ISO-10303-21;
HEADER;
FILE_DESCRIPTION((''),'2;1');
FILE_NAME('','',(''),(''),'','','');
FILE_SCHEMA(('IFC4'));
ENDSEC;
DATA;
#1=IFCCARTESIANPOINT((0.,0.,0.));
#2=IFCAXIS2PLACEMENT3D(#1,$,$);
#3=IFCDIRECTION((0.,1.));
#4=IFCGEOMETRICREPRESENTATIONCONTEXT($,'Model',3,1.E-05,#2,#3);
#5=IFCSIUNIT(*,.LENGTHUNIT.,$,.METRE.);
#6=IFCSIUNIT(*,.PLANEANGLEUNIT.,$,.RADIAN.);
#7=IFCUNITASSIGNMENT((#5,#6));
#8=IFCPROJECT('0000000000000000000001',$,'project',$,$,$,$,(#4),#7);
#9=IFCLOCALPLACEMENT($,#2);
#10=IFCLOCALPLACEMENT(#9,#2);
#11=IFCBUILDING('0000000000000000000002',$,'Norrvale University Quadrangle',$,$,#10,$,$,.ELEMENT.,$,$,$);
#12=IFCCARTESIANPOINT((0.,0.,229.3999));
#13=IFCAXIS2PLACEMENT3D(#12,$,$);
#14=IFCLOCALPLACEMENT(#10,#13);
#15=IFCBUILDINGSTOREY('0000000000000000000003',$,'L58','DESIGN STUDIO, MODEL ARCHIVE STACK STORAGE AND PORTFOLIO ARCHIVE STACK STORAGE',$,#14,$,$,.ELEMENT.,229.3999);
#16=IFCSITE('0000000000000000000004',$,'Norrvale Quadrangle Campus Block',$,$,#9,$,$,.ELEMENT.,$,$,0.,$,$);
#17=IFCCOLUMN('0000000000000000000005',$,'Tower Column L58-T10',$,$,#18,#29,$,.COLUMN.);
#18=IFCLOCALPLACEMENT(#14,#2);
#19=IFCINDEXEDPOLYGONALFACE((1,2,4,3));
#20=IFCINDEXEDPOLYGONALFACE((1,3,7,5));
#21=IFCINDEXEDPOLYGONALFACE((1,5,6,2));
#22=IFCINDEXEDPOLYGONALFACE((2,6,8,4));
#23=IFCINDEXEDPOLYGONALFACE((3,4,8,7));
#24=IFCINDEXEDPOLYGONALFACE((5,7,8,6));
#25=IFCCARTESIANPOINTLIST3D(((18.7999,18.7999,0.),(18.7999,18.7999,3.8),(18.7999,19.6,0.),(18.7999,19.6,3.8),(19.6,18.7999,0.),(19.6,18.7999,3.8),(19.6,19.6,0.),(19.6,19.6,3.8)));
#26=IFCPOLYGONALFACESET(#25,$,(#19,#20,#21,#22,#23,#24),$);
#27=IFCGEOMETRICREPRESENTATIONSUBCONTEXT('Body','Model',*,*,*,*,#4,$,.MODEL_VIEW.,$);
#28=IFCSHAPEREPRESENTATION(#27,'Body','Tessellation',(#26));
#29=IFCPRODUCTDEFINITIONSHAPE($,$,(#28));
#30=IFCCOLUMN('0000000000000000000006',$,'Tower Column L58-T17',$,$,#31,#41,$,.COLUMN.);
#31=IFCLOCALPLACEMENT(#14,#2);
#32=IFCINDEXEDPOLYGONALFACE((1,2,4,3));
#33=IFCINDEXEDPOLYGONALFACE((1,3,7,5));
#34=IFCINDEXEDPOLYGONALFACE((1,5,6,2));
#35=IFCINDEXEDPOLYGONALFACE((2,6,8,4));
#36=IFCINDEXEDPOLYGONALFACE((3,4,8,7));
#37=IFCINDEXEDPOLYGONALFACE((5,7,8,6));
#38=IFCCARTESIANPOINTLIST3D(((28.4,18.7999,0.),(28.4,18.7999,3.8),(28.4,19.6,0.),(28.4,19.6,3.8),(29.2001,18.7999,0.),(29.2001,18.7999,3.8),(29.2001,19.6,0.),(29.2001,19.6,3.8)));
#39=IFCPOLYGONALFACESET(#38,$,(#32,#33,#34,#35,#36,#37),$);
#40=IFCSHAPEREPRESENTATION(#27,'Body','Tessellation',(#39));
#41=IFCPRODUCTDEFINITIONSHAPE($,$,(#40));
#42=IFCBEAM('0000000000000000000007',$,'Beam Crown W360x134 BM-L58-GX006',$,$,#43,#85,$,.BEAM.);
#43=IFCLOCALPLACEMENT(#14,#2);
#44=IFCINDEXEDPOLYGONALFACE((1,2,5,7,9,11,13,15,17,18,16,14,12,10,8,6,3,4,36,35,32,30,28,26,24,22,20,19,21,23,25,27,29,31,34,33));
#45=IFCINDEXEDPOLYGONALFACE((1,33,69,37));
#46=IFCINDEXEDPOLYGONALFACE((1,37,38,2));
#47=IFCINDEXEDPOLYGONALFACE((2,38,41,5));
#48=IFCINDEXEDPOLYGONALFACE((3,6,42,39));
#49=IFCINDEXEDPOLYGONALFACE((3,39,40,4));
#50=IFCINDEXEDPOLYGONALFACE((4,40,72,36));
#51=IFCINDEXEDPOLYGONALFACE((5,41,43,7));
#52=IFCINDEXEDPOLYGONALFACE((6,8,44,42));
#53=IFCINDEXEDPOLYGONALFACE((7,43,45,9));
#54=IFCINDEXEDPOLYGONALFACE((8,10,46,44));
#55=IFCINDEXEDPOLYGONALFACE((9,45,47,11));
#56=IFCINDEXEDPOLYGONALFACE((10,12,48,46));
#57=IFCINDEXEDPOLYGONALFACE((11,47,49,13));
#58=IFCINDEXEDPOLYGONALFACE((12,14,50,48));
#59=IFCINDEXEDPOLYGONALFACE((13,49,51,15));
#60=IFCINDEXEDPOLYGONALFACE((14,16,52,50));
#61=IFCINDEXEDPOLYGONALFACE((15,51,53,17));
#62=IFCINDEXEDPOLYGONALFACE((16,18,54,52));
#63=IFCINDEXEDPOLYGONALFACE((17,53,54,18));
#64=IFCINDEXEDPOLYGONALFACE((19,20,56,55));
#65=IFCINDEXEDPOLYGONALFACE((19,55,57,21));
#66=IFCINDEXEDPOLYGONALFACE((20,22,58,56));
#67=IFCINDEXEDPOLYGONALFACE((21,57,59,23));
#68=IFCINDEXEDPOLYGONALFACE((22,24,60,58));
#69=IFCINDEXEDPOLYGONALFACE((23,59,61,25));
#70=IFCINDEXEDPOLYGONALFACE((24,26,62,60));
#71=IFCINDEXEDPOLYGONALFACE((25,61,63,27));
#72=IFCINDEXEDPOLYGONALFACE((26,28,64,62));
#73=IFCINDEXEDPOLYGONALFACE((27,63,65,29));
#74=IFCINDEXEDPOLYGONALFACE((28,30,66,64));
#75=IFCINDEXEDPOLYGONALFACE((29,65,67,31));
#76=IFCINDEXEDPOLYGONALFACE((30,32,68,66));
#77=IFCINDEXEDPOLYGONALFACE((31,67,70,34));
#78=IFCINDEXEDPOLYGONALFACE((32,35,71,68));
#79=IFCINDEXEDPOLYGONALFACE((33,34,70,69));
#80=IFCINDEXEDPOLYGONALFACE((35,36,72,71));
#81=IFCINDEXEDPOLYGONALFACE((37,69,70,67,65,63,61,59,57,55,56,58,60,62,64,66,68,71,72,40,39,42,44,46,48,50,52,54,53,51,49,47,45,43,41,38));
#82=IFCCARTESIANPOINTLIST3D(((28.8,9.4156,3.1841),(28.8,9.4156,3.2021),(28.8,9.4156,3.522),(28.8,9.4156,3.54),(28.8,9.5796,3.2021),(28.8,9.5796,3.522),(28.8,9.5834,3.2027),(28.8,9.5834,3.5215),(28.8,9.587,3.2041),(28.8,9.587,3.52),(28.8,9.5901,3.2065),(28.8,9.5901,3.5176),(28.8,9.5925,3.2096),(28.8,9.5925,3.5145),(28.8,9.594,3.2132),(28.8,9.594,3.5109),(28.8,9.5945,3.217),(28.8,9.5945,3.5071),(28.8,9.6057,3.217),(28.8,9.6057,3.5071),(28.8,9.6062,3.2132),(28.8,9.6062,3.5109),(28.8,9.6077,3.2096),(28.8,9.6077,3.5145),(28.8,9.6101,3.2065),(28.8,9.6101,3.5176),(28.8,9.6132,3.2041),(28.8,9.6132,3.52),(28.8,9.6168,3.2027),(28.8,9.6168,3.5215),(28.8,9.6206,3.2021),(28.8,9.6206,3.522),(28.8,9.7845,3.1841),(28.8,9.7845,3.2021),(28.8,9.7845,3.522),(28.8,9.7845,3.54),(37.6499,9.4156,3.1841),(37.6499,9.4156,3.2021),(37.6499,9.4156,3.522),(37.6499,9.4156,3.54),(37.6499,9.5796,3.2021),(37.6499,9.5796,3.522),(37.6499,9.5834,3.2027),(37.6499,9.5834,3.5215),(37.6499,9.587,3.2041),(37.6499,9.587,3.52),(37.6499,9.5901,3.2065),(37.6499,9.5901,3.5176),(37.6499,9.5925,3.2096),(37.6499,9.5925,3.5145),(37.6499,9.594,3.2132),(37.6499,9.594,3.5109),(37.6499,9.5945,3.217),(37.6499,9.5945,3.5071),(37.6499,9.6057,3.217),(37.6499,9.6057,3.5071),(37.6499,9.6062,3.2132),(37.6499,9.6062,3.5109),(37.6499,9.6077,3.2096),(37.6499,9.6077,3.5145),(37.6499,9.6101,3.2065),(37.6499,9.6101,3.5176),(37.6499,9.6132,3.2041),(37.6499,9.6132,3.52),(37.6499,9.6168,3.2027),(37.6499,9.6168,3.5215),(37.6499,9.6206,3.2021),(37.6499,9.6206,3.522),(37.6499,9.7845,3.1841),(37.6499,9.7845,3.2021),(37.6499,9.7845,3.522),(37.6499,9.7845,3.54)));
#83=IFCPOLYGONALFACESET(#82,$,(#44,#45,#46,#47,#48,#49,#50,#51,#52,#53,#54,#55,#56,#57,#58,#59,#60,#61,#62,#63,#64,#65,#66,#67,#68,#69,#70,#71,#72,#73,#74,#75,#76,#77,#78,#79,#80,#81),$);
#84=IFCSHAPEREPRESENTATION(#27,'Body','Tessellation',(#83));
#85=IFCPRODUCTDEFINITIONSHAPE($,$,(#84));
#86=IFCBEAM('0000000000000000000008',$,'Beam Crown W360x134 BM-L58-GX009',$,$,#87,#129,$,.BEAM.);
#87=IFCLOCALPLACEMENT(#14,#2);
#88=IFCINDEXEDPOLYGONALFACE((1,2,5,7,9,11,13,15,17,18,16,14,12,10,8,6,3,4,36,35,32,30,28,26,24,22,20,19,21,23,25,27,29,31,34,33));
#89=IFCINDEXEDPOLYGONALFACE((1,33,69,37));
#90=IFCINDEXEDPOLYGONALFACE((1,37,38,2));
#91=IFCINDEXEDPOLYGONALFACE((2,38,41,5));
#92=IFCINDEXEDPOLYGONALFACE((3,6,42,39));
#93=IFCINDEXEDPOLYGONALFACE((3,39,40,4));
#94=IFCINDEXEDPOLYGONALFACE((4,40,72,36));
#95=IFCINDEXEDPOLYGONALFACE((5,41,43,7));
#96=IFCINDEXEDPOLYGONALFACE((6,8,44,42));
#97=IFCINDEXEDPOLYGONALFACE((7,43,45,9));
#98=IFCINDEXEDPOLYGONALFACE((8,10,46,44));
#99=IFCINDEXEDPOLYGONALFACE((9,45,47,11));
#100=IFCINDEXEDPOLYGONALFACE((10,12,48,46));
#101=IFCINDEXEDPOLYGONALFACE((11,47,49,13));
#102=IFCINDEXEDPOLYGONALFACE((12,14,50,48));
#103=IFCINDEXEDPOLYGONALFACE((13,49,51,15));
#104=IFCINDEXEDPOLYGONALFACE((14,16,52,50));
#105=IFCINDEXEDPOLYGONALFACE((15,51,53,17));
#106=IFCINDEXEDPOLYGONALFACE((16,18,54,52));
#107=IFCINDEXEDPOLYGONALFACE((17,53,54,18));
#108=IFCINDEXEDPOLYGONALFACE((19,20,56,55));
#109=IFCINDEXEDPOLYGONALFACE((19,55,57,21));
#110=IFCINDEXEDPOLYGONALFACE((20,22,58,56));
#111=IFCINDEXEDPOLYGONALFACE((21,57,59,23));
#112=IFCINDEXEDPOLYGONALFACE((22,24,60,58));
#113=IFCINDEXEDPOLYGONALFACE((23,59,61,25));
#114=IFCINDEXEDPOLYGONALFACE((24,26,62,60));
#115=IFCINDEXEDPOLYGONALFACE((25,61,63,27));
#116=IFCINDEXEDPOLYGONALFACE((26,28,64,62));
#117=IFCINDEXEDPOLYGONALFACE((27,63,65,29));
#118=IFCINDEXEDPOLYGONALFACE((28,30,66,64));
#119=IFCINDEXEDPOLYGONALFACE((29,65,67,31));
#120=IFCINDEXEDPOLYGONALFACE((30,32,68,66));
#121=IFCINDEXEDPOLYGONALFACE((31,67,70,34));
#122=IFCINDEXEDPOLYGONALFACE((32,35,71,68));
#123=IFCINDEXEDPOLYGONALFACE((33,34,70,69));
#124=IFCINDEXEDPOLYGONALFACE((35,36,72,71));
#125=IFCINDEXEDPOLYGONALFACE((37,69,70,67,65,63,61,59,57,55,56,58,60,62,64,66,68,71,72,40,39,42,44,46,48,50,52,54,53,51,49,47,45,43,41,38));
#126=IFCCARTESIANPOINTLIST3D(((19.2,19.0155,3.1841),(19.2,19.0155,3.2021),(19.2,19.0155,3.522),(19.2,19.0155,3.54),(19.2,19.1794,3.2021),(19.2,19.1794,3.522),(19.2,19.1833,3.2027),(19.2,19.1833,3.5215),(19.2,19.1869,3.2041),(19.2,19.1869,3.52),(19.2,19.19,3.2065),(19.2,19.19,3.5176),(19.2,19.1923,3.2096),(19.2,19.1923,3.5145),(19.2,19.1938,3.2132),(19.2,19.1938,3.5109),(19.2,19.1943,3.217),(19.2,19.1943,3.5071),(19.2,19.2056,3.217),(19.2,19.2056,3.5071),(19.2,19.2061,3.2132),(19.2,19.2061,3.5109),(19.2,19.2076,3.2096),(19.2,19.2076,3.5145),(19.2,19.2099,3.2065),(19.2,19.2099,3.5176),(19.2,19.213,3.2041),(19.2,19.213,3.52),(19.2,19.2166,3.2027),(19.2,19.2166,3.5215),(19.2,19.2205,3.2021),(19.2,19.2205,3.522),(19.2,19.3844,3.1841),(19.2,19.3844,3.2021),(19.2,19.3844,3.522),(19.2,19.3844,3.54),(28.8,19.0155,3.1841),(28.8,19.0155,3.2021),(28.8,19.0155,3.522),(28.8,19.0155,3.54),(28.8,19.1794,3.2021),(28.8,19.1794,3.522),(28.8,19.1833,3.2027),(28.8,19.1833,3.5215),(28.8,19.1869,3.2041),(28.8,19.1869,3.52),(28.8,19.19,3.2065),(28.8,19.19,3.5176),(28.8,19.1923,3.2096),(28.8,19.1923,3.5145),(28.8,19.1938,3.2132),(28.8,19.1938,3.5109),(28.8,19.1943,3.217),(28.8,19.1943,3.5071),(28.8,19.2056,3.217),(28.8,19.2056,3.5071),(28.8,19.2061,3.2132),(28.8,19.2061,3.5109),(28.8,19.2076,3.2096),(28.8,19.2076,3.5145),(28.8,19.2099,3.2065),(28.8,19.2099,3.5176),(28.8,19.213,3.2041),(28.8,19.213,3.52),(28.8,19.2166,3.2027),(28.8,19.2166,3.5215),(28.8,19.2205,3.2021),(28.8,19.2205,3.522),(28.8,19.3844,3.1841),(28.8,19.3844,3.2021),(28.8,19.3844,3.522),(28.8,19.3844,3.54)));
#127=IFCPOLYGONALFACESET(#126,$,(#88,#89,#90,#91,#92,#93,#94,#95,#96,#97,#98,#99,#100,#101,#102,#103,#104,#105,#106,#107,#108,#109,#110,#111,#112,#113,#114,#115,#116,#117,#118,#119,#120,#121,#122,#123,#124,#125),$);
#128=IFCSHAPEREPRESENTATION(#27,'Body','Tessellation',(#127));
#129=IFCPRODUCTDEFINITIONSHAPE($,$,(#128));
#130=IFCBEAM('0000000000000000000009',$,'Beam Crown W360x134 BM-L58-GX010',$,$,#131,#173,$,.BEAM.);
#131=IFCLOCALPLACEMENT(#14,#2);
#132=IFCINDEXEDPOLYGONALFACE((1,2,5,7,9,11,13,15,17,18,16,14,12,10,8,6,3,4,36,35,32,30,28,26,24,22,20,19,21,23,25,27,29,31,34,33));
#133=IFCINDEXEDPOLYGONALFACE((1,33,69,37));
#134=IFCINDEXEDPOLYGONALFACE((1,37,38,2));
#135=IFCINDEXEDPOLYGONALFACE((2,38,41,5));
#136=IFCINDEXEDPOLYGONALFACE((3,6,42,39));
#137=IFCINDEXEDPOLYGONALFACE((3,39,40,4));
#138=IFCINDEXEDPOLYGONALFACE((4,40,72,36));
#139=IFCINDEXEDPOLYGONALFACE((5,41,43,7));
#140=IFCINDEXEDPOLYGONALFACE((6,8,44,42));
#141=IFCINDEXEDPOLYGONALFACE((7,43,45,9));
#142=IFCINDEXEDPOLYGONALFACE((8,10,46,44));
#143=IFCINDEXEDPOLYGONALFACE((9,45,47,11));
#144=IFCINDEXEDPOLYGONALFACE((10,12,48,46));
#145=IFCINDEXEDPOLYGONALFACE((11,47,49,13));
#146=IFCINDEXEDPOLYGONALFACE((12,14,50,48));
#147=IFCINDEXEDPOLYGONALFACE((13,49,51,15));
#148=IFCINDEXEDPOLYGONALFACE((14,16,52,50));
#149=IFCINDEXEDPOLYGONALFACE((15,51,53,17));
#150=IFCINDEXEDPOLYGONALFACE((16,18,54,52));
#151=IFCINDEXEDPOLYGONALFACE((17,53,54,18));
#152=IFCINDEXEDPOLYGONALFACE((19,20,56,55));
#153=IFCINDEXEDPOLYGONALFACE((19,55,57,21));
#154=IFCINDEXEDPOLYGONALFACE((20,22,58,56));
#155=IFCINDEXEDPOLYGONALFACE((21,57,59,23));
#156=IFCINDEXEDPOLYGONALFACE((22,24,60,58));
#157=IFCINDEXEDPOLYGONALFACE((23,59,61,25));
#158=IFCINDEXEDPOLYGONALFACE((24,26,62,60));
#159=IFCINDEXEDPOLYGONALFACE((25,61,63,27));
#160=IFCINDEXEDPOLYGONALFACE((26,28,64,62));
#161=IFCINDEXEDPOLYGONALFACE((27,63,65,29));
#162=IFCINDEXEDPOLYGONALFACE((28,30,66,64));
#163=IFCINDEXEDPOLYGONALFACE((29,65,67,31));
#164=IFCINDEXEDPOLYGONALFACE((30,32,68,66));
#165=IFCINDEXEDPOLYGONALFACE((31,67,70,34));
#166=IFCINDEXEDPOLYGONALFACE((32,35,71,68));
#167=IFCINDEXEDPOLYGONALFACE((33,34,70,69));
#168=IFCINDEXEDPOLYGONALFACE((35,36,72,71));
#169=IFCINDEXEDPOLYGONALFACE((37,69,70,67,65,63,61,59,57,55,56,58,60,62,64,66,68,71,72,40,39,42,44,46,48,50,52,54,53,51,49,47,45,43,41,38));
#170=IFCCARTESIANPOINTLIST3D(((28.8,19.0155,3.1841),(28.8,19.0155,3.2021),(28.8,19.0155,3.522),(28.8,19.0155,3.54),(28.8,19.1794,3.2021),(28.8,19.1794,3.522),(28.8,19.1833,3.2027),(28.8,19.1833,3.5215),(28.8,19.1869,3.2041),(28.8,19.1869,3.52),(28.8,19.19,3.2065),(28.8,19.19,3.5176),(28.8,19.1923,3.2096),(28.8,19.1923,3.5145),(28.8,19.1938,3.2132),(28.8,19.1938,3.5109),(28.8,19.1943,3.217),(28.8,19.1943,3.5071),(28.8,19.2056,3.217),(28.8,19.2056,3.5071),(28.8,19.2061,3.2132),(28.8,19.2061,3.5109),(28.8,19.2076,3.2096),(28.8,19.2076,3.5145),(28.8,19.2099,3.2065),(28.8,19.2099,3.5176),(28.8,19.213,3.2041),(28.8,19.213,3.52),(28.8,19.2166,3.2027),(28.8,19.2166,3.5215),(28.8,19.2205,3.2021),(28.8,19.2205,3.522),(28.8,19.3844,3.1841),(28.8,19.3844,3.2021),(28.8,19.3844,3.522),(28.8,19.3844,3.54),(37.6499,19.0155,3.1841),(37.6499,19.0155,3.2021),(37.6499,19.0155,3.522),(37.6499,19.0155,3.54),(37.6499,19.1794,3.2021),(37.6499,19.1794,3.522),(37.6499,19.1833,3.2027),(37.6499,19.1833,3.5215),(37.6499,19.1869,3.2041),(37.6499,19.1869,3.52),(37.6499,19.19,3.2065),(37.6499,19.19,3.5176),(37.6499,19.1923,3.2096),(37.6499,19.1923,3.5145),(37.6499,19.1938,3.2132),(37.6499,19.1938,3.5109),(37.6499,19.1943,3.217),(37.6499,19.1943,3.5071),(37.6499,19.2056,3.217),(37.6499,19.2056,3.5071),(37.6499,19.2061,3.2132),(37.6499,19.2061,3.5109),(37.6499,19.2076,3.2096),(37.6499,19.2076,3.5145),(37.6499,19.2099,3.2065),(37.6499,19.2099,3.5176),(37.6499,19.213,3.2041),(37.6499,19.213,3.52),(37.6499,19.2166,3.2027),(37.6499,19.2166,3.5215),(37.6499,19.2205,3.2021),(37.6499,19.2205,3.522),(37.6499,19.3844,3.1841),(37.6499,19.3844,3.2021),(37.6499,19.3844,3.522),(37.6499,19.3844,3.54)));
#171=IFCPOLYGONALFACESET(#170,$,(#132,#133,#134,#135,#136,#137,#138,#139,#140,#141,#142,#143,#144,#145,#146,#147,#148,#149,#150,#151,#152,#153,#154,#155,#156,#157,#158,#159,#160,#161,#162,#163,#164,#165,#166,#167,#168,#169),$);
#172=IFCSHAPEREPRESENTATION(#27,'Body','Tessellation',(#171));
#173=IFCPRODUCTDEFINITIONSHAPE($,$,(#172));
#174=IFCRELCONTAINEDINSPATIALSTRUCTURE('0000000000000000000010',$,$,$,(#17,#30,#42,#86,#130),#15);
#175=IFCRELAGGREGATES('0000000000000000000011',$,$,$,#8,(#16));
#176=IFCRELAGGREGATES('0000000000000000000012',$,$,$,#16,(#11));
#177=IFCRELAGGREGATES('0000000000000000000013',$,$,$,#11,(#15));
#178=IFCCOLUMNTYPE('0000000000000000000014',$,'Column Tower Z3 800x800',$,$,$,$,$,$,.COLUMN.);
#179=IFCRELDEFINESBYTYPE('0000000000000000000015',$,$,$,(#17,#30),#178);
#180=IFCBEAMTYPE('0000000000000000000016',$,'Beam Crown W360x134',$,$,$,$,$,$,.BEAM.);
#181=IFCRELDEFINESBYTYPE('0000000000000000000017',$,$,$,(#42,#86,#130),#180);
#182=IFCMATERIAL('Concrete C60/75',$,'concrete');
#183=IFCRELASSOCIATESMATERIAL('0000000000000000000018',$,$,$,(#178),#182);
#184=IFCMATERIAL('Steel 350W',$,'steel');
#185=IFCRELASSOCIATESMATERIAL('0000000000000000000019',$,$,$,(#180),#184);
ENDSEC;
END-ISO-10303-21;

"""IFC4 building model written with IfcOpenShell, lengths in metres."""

from ifc_helpers import new_model, si_unit, direction, frame, origin, origin_2d, place, context, subcontext, project, spatial, rectangle, i_section, extrude, material, material_profile, profile_set, type_object, element, save


model = new_model("IFC4")

# Units and contexts
model_context = context("Model", 3, precision=1e-05, world=origin(), true_north=direction((0.0, 1.0)))
body_context = subcontext(model_context, "Body", "Model", "MODEL_VIEW")
ifc_project = project(units=[si_unit("LENGTHUNIT", "METRE"), si_unit("PLANEANGLEUNIT", "RADIAN")], contexts=[model_context])

# Site, building, storey
site_placement = place(None, origin())
site = spatial("IfcSite", under=ifc_project, at=site_placement, Name="Norrvale Quadrangle Campus Block", CompositionType="ELEMENT", RefElevation=0.0)
building_placement = place(site_placement, origin())
building = spatial("IfcBuilding", under=site, at=building_placement, Name="Norrvale University Quadrangle", CompositionType="ELEMENT")
storey_placement = place(building_placement, frame((0.0, 0.0, 229.3999)))
storey = spatial("IfcBuildingStorey", under=building, at=storey_placement, Name="L58", Description="DESIGN STUDIO, MODEL ARCHIVE STACK STORAGE AND PORTFOLIO ARCHIVE STACK STORAGE", CompositionType="ELEMENT", Elevation=229.3999)

# Columns
ifc_material_1 = material(Name="Concrete C60/75", Category="concrete")
ifc_material_profile_1 = material_profile(ifc_material_1, rectangle(XDim=0.8, YDim=0.8, at=origin_2d()), Name="Concrete C60/75")
ifc_profile_set_1 = profile_set([ifc_material_profile_1], Name="Concrete C60/75")
column_type = type_object("IfcColumnType", Name="Column Tower Z3 800x800", PredefinedType="COLUMN", material=ifc_profile_set_1)
for number, where, z_axis, x_axis, name in (
    (1, (19.2, 19.2, 0.0), (0.0, 0.0, 1.0), (1.0, 0.0, 0.0), "Tower Column L58-T10"),
    (2, (28.8, 19.2, 0.0), (0.0, 0.0, 1.0), (1.0, 0.0, 0.0), "Tower Column L58-T17"),
):
    element("IfcColumn", number, at=place(storey_placement, frame(where, z_axis=z_axis, x_axis=x_axis)), inside=storey, type_object=column_type, Name=name, PredefinedType="COLUMN", context=body_context, shape_type="SweptSolid", body=[
        extrude(rectangle(XDim=0.8, YDim=0.8, at=origin_2d()), origin(), (0.0, 0.0, 1.0), 3.8),
    ])

# Beams
ifc_material_2 = material(Name="Steel 350W", Category="steel")
ifc_material_profile_2 = material_profile(ifc_material_2, i_section(OverallWidth=0.3689, OverallDepth=0.356, WebThickness=0.0112, FlangeThickness=0.0181, FilletRadius=0.0149, at=origin_2d()), Name="Steel 350W")
ifc_profile_set_2 = profile_set([ifc_material_profile_2], Name="Steel 350W")
beam_type_1 = type_object("IfcBeamType", Name="Beam Crown W360x134", PredefinedType="BEAM", material=ifc_profile_set_2)
beam_1_placement = place(storey_placement, frame((28.8, 9.6001, 3.3621), z_axis=(1.0, 0.0, 0.0), x_axis=(0.0, 1.0, 0.0)))
element("IfcBeam", 3, at=beam_1_placement, inside=storey, type_object=beam_type_1, Name="Beam Crown W360x134 BM-L58-GX006", PredefinedType="BEAM", context=body_context, shape_type="SweptSolid", body=[
    extrude(i_section(OverallWidth=0.3689, OverallDepth=0.356, WebThickness=0.0112, FlangeThickness=0.0181, FilletRadius=0.0149, at=origin_2d()), origin(), (0.0, 0.0, 1.0), 8.8499),
])
beam_2_placement = place(storey_placement, frame((19.2, 19.2, 3.3621), z_axis=(1.0, 0.0, 0.0), x_axis=(0.0, 1.0, 0.0)))
element("IfcBeam", 4, at=beam_2_placement, inside=storey, type_object=beam_type_1, Name="Beam Crown W360x134 BM-L58-GX009", PredefinedType="BEAM", context=body_context, shape_type="SweptSolid", body=[
    extrude(i_section(OverallWidth=0.3689, OverallDepth=0.356, WebThickness=0.0112, FlangeThickness=0.0181, FilletRadius=0.0149, at=origin_2d()), origin(), (0.0, 0.0, 1.0), 9.6001),
])
beam_3_placement = place(storey_placement, frame((28.8, 19.2, 3.3621), z_axis=(1.0, 0.0, 0.0), x_axis=(0.0, 1.0, 0.0)))
element("IfcBeam", 5, at=beam_3_placement, inside=storey, type_object=beam_type_1, Name="Beam Crown W360x134 BM-L58-GX010", PredefinedType="BEAM", context=body_context, shape_type="SweptSolid", body=[
    extrude(i_section(OverallWidth=0.3689, OverallDepth=0.356, WebThickness=0.0112, FlangeThickness=0.0181, FilletRadius=0.0149, at=origin_2d()), origin(), (0.0, 0.0, 1.0), 8.8499),
])

save(model, "model.ifc")
